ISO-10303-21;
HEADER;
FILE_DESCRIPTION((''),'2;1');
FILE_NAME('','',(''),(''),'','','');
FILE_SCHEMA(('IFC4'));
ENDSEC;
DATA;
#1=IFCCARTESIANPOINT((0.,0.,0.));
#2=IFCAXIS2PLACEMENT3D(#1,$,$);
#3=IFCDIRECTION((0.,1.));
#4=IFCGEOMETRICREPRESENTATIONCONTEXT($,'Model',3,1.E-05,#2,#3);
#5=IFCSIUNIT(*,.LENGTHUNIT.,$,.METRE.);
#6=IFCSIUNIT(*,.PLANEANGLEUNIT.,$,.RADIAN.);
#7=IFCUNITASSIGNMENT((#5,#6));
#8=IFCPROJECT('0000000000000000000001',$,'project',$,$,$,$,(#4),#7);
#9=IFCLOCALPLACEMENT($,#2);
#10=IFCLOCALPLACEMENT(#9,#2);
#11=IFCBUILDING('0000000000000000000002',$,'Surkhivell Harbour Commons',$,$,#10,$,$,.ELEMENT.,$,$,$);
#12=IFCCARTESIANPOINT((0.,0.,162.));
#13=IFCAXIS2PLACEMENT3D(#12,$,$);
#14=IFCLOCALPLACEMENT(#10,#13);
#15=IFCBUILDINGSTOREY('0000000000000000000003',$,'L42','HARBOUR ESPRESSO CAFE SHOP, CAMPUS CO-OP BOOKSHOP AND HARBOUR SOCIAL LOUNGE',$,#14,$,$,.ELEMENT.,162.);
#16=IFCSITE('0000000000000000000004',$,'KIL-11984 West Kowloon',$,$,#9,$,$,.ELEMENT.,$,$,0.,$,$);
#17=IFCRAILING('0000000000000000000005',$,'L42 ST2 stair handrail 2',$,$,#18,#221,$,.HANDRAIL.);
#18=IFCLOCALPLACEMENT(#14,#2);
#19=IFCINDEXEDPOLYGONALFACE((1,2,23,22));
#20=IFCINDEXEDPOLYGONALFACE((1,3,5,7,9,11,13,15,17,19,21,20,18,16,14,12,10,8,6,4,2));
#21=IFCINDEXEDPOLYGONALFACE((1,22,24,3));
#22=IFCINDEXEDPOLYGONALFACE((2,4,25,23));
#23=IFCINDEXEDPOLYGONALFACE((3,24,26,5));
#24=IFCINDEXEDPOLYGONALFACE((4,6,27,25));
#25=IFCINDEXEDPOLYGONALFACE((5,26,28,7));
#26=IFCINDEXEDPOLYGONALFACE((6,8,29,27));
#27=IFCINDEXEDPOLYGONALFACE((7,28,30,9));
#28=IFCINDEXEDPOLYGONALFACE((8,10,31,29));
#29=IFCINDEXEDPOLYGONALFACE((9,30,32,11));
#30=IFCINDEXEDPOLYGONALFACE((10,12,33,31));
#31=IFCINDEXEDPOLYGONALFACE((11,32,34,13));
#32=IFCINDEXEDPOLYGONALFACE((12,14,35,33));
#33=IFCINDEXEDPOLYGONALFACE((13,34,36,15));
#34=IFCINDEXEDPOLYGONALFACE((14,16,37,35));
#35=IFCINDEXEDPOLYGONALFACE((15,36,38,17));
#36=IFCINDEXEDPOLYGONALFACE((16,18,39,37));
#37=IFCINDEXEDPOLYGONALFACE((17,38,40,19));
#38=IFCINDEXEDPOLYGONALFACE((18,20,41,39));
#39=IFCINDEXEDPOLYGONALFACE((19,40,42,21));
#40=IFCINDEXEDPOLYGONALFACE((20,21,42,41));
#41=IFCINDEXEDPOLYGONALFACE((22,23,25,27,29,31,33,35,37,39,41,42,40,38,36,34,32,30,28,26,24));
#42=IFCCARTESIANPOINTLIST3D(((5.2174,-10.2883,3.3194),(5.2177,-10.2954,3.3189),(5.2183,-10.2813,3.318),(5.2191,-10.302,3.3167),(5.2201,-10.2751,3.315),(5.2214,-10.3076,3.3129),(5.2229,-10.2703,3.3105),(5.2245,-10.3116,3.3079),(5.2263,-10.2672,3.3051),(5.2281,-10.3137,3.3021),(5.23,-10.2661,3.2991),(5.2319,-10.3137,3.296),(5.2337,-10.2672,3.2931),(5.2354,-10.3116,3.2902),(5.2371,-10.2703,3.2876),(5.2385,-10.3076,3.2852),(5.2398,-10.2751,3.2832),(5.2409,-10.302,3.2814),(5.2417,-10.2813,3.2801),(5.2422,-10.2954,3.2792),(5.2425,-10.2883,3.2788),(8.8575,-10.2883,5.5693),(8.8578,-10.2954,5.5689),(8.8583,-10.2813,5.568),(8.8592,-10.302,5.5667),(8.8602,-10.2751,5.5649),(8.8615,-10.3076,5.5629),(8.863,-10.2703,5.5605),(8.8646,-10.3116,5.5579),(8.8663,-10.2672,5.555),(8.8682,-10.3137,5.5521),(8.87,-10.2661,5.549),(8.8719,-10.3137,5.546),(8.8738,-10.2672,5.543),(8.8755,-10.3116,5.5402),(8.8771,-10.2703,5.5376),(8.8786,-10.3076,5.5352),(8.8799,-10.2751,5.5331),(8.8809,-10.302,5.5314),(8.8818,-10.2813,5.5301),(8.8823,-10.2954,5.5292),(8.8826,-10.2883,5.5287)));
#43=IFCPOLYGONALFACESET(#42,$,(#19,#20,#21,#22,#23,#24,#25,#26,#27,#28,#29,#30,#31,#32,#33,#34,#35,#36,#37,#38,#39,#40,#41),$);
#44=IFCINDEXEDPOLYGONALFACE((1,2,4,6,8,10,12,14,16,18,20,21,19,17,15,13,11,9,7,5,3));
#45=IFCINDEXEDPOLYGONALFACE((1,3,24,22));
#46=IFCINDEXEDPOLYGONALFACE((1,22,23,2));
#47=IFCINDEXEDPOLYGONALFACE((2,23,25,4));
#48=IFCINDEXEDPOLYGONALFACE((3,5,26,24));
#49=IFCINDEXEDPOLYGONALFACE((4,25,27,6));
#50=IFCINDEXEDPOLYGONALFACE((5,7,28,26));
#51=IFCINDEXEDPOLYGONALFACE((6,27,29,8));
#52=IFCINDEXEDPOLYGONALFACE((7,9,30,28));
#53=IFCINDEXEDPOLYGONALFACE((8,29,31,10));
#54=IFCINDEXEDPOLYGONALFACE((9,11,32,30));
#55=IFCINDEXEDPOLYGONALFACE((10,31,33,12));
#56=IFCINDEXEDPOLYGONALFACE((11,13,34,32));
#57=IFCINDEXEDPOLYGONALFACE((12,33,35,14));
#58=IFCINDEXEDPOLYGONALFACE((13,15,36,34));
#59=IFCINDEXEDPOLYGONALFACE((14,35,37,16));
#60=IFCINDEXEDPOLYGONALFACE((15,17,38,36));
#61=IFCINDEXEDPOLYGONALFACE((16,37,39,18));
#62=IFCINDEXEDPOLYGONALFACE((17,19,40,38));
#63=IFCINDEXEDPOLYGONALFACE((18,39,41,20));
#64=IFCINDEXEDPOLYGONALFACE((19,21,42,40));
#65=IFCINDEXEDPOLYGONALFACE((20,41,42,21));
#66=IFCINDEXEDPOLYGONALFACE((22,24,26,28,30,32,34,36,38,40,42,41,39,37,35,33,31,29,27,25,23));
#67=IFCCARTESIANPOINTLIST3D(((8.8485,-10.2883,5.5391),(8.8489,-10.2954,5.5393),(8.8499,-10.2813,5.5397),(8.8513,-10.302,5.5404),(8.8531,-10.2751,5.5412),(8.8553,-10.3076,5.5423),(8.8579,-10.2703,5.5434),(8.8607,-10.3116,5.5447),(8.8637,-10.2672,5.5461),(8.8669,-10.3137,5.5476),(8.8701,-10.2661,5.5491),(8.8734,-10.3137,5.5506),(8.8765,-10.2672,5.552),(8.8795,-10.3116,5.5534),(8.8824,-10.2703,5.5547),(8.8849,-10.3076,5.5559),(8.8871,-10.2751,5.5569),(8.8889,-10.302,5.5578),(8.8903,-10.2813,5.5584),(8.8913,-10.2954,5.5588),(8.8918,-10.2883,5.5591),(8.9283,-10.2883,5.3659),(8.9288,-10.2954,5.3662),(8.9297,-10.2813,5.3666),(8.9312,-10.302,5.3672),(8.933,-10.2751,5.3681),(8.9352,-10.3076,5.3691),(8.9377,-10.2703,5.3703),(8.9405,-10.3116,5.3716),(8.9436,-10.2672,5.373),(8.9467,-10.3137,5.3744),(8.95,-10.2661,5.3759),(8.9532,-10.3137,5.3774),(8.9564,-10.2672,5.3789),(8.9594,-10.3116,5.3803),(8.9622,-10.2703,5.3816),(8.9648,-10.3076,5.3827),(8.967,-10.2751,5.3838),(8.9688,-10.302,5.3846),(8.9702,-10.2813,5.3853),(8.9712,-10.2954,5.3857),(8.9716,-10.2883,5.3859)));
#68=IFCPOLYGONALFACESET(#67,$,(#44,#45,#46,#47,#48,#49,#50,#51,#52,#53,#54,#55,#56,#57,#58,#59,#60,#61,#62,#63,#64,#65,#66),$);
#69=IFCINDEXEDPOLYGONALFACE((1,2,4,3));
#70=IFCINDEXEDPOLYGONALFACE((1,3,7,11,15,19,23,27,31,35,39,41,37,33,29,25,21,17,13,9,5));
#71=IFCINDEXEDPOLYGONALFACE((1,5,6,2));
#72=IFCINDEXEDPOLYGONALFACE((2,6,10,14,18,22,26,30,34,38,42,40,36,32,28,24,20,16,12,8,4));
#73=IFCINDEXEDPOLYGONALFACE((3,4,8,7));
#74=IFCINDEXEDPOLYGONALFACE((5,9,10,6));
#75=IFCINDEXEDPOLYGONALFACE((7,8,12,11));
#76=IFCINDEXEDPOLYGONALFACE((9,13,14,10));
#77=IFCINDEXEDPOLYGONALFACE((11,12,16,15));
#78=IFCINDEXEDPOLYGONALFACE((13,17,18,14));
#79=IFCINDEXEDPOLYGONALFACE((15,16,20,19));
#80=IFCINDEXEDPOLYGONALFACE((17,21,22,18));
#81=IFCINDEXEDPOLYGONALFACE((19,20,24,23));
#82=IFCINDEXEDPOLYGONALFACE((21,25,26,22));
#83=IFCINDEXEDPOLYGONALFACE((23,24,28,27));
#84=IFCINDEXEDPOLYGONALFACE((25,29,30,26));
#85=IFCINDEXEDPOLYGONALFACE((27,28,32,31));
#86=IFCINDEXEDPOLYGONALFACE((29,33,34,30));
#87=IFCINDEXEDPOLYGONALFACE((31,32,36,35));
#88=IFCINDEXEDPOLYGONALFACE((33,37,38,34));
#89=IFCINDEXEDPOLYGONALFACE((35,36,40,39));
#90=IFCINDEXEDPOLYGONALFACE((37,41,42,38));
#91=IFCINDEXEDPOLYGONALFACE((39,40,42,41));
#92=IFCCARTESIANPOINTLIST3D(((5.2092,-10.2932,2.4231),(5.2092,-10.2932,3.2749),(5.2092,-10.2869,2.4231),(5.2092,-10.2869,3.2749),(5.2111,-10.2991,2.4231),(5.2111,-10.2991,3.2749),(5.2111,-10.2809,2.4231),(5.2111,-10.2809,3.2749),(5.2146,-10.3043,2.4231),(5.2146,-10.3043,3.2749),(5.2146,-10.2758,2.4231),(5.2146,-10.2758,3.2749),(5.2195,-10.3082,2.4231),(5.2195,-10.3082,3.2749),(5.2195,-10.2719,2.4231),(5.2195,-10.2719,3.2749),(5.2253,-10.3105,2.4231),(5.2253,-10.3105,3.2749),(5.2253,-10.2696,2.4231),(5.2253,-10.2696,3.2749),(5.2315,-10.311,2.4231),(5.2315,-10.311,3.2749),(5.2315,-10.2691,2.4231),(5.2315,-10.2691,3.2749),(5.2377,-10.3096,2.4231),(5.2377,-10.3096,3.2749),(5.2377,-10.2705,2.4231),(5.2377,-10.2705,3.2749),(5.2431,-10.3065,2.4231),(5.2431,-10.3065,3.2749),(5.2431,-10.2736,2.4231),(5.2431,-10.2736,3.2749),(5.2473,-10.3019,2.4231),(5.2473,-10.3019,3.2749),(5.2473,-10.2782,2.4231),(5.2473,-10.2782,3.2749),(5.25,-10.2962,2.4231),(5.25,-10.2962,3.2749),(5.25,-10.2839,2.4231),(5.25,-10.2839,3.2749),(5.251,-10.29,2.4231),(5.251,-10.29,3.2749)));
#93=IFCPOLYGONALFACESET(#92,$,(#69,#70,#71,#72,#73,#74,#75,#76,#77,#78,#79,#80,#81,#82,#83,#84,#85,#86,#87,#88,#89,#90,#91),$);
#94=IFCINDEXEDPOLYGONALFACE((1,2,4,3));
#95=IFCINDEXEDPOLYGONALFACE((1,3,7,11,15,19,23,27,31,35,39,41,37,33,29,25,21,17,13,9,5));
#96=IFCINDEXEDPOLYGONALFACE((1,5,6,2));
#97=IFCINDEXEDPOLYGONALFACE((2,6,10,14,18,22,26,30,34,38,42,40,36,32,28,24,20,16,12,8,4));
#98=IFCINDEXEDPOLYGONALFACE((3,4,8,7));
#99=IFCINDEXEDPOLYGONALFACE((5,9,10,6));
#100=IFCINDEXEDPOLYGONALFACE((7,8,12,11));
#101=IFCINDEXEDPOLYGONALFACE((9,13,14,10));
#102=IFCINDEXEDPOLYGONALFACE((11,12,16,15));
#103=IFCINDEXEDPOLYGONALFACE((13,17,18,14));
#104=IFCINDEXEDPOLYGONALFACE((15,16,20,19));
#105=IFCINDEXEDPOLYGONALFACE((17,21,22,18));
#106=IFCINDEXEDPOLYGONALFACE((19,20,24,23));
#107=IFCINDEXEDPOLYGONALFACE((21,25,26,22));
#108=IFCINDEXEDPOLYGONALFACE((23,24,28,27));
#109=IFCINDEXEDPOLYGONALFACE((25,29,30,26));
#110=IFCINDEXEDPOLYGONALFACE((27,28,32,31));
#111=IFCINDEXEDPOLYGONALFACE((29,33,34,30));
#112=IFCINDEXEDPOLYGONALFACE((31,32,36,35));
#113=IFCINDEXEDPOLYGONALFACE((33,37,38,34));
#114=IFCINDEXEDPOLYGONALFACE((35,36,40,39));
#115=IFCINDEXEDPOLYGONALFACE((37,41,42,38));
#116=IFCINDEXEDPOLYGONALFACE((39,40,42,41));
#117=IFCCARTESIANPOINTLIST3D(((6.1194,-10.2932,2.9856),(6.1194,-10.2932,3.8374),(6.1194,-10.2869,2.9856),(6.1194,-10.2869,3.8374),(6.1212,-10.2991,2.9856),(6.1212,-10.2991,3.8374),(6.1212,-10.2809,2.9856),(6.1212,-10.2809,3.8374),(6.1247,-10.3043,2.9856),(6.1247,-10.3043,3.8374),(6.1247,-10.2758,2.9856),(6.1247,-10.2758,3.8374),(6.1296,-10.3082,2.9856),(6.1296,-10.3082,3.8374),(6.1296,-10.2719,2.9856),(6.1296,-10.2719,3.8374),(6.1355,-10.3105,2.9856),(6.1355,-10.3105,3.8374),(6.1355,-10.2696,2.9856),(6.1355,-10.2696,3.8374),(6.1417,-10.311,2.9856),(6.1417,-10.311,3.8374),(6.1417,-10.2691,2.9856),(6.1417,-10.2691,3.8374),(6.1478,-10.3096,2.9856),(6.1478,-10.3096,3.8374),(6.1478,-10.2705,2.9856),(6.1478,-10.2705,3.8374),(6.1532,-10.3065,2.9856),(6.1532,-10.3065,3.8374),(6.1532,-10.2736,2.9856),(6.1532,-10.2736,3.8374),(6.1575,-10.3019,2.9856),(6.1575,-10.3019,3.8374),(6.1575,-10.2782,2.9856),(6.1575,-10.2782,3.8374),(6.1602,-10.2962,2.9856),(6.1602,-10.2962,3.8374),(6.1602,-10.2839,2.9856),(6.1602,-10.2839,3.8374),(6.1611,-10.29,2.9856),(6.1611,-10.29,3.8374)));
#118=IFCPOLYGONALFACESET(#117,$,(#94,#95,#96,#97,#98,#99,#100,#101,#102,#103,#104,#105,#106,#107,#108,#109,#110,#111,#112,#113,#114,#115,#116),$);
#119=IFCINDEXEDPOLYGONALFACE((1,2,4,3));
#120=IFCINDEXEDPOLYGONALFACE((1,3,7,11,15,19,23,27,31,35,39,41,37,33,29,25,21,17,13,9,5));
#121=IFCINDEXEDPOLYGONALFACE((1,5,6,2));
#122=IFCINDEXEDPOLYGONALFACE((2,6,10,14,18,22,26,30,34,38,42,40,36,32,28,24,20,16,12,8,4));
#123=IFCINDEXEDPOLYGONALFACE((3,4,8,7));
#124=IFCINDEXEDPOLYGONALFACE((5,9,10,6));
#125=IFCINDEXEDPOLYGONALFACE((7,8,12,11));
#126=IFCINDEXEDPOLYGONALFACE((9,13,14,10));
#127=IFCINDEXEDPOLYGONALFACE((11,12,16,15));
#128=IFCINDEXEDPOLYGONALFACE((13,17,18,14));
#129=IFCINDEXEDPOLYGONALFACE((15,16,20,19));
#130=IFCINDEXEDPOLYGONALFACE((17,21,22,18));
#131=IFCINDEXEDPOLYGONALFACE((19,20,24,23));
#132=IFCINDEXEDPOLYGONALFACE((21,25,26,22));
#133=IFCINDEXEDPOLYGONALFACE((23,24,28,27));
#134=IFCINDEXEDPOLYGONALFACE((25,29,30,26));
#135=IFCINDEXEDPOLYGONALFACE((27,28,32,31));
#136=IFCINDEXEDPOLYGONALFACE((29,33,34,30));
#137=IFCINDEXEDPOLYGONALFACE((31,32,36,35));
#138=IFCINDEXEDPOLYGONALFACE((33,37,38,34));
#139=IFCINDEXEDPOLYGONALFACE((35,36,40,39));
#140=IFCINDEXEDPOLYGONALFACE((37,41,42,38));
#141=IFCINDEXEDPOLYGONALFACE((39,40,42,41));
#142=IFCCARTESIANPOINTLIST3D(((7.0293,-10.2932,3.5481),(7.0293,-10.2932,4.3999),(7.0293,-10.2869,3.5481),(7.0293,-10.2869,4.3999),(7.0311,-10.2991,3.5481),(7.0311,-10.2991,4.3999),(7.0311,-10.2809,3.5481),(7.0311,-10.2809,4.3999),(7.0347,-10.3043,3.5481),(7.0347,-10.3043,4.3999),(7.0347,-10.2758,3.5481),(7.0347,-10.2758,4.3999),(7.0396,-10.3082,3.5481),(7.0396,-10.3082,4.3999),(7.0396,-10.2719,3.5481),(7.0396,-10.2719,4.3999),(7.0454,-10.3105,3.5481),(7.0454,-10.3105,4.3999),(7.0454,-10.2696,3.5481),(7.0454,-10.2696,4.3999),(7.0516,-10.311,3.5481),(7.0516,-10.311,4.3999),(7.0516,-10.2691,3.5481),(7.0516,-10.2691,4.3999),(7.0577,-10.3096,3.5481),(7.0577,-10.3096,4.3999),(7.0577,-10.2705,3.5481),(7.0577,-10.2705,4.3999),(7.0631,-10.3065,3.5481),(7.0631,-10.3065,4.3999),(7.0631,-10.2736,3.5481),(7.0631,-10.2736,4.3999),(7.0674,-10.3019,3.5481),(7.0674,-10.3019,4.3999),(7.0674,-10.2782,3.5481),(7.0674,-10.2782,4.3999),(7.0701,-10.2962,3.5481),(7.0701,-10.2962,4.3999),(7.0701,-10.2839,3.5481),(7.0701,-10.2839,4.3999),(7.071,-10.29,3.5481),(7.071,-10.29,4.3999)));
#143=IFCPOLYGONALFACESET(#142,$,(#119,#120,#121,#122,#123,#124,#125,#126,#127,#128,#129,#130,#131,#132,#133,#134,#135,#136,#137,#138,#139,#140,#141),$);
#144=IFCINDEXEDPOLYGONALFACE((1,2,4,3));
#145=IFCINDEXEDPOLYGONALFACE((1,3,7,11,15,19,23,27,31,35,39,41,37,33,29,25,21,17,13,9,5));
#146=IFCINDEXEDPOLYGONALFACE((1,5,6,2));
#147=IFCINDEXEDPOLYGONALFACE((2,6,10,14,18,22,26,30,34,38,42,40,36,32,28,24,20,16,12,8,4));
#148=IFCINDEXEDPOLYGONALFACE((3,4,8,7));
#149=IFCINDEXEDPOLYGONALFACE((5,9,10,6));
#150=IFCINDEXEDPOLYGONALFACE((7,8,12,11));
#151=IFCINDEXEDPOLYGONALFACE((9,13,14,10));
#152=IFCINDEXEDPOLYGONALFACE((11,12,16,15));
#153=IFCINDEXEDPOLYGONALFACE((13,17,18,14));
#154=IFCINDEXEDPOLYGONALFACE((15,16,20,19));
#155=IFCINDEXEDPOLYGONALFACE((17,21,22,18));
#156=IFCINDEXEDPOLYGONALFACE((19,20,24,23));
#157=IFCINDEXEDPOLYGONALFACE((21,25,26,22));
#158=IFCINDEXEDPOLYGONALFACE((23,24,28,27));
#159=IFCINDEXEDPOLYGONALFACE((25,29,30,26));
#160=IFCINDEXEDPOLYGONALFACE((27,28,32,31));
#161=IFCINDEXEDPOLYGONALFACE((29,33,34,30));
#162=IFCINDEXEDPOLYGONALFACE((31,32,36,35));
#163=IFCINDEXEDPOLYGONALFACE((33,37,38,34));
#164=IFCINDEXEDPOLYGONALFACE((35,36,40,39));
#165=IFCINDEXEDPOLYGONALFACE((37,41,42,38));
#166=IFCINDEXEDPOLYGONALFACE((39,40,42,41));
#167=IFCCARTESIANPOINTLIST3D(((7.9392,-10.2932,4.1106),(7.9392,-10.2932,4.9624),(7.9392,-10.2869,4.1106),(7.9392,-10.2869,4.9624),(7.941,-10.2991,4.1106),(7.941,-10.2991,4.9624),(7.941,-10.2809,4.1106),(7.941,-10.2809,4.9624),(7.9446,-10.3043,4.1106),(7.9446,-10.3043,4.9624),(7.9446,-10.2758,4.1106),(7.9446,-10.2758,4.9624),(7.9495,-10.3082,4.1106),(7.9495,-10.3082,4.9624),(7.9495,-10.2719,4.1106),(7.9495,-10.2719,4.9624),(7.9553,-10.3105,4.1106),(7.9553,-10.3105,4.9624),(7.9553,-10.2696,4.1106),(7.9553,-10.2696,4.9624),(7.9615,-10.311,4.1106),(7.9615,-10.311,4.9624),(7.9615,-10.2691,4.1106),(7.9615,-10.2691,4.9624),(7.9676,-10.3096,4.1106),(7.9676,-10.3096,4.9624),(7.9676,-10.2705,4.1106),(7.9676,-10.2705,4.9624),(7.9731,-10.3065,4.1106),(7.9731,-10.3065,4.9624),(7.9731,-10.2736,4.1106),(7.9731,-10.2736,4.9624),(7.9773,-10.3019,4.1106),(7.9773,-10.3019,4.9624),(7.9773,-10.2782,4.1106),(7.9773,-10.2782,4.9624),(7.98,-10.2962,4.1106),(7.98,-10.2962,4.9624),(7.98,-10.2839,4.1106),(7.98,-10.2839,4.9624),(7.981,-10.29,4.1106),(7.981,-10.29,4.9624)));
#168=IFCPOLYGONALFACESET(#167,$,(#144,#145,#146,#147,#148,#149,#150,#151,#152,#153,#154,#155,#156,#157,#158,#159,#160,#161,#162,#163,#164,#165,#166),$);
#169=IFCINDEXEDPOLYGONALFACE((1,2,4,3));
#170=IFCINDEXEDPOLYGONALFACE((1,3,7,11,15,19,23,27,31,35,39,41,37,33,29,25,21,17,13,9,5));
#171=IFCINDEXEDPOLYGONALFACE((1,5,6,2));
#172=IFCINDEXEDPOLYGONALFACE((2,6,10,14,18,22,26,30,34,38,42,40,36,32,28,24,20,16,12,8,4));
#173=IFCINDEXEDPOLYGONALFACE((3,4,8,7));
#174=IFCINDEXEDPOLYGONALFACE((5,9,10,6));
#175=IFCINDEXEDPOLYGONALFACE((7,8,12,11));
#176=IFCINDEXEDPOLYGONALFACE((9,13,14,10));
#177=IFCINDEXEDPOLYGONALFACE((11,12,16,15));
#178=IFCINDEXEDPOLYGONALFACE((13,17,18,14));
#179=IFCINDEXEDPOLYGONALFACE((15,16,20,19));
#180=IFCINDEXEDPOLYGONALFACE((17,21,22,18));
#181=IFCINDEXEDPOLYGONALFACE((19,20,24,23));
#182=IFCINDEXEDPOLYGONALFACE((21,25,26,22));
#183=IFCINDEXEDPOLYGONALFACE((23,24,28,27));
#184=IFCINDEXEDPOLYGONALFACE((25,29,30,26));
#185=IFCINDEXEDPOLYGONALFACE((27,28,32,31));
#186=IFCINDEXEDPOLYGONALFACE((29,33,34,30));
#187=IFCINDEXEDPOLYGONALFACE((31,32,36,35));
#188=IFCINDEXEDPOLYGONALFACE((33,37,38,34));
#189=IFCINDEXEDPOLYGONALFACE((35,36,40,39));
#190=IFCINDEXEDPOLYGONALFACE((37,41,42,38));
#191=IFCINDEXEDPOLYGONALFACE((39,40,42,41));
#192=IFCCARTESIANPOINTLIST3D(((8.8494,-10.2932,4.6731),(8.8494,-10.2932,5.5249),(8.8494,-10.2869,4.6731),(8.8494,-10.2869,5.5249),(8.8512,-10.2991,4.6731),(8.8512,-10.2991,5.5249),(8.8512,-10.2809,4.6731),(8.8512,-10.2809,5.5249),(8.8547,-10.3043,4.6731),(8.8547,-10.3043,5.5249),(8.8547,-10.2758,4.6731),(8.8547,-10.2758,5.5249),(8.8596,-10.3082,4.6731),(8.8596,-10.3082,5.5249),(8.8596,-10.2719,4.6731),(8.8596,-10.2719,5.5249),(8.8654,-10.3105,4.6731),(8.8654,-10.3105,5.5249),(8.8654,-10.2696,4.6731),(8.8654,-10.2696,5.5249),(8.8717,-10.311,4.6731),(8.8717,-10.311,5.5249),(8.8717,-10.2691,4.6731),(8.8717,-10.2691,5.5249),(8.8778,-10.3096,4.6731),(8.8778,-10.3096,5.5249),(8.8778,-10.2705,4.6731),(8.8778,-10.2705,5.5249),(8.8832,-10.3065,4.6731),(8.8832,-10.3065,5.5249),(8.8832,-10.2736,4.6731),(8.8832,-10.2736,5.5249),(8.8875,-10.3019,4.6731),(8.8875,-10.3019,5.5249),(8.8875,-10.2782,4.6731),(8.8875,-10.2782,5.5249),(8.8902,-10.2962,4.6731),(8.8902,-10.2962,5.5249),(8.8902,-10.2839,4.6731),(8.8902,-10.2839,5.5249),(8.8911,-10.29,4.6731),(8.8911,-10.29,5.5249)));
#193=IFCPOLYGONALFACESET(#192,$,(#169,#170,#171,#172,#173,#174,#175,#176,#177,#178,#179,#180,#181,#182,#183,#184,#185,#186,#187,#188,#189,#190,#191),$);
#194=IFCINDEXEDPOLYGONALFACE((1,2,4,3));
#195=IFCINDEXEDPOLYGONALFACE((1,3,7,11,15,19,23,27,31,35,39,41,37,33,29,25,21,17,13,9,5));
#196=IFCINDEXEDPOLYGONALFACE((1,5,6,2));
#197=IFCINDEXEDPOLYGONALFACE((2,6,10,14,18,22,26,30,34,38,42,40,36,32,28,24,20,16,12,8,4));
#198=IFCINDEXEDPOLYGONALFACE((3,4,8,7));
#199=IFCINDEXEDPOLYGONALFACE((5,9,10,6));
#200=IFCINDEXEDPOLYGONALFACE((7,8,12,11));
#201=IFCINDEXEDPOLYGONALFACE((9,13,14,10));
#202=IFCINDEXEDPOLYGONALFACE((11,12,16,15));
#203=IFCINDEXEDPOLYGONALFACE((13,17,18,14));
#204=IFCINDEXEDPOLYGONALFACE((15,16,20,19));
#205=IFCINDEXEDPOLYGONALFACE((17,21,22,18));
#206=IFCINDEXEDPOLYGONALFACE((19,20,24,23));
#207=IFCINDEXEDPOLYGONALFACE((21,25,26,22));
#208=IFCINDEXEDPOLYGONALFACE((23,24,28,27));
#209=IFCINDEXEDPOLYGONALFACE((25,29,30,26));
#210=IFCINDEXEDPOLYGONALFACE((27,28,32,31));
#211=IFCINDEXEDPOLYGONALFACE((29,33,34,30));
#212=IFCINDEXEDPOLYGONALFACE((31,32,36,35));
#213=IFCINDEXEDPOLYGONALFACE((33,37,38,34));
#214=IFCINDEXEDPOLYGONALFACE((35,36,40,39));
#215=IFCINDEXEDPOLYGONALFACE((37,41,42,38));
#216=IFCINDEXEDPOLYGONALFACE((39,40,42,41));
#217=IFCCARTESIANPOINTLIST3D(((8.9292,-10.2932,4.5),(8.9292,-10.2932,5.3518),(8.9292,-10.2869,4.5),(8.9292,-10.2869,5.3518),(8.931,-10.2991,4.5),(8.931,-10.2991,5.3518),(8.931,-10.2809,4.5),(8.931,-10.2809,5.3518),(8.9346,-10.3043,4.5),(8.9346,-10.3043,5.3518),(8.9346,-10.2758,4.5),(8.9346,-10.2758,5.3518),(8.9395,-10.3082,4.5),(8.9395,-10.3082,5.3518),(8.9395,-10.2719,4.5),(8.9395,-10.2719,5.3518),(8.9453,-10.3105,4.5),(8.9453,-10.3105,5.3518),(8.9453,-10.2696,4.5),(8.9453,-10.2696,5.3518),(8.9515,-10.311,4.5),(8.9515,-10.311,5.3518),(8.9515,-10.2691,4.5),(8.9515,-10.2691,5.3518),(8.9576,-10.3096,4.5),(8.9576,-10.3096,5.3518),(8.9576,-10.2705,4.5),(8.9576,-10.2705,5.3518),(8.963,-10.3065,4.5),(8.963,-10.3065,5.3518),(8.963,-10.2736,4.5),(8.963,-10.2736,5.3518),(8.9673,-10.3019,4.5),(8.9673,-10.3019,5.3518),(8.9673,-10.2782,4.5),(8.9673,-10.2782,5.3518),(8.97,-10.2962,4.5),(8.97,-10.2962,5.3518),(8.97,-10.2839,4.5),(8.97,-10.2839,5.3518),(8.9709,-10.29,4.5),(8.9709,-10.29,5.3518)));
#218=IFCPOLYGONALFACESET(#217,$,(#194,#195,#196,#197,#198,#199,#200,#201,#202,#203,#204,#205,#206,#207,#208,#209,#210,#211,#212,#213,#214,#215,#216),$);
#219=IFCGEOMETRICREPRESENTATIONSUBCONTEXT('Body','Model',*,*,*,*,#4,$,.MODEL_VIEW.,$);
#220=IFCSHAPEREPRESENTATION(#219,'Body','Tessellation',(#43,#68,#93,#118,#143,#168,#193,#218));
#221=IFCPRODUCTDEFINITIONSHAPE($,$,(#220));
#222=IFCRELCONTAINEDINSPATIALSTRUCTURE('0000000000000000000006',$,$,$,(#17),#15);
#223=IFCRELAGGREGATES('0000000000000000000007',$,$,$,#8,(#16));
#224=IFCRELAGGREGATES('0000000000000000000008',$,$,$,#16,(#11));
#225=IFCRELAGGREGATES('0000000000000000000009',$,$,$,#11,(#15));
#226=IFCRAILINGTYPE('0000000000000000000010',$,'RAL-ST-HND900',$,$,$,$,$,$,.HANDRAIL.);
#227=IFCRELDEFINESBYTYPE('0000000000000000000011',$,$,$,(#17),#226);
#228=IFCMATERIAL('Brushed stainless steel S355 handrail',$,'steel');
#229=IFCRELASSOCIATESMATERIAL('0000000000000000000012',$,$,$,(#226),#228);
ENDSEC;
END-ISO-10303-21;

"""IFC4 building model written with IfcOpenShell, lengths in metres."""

from ifc_helpers import new_model, si_unit, direction, frame, origin, origin_2d, place, context, subcontext, project, spatial, circle, extrude, material, type_object, element, save


model = new_model("IFC4")

# Units and contexts
model_context = context("Model", 3, precision=1e-05, world=origin(), true_north=direction((0.0, 1.0)))
body_context = subcontext(model_context, "Body", "Model", "MODEL_VIEW")
ifc_project = project(units=[si_unit("LENGTHUNIT", "METRE"), si_unit("PLANEANGLEUNIT", "RADIAN")], contexts=[model_context])

# Site, building, storey
site_placement = place(None, origin())
site = spatial("IfcSite", under=ifc_project, at=site_placement, Name="KIL-11984 West Kowloon", CompositionType="ELEMENT", RefElevation=0.0)
building_placement = place(site_placement, origin())
building = spatial("IfcBuilding", under=site, at=building_placement, Name="Surkhivell Harbour Commons", CompositionType="ELEMENT")
storey_placement = place(building_placement, frame((0.0, 0.0, 162.0)))
storey = spatial("IfcBuildingStorey", under=building, at=storey_placement, Name="L42", Description="HARBOUR ESPRESSO CAFE SHOP, CAMPUS CO-OP BOOKSHOP AND HARBOUR SOCIAL LOUNGE", CompositionType="ELEMENT", Elevation=162.0)

# Railing
ifc_material_1 = material(Name="Brushed stainless steel S355 handrail", Category="steel")
railing_type_1 = type_object("IfcRailingType", Name="RAL-ST-HND900", PredefinedType="HANDRAIL", material=ifc_material_1)
railing_1_placement = place(storey_placement, frame((5.23, -10.29, 2.4231)))
element("IfcRailing", 1, at=railing_1_placement, inside=storey, type_object=railing_type_1, Name="L42 ST2 stair handrail 2", PredefinedType="HANDRAIL", context=body_context, shape_type="SweptSolid", body=[
    extrude(circle(Radius=0.0239, at=origin_2d()), frame((0.0, 0.0, 0.876), z_axis=(0.850622, 0.0, 0.525777), x_axis=(0.0, 1.0, 0.0)), (0.0, 0.0, 1.0), 4.2793),
    extrude(circle(Radius=0.0239, at=origin_2d()), frame((3.6401, 0.0, 3.126), z_axis=(0.418815, 0.0, -0.908072), x_axis=(0.0, 1.0, 0.0)), (0.0, 0.0, 1.0), 0.1907),
    extrude(circle(Radius=0.021, at=origin_2d()), origin(), (0.0, 0.0, 1.0), 0.8518),
    extrude(circle(Radius=0.021, at=origin_2d()), frame((0.9102, 0.0, 0.5625)), (0.0, 0.0, 1.0), 0.8518),
    extrude(circle(Radius=0.021, at=origin_2d()), frame((1.8201, 0.0, 1.125)), (0.0, 0.0, 1.0), 0.8518),
    extrude(circle(Radius=0.021, at=origin_2d()), frame((2.73, 0.0, 1.6875)), (0.0, 0.0, 1.0), 0.8518),
    extrude(circle(Radius=0.021, at=origin_2d()), frame((3.6401, 0.0, 2.25)), (0.0, 0.0, 1.0), 0.8518),
    extrude(circle(Radius=0.021, at=origin_2d()), frame((3.72, 0.0, 2.0769)), (0.0, 0.0, 1.0), 0.8518),
])

save(model, "model.ifc")
